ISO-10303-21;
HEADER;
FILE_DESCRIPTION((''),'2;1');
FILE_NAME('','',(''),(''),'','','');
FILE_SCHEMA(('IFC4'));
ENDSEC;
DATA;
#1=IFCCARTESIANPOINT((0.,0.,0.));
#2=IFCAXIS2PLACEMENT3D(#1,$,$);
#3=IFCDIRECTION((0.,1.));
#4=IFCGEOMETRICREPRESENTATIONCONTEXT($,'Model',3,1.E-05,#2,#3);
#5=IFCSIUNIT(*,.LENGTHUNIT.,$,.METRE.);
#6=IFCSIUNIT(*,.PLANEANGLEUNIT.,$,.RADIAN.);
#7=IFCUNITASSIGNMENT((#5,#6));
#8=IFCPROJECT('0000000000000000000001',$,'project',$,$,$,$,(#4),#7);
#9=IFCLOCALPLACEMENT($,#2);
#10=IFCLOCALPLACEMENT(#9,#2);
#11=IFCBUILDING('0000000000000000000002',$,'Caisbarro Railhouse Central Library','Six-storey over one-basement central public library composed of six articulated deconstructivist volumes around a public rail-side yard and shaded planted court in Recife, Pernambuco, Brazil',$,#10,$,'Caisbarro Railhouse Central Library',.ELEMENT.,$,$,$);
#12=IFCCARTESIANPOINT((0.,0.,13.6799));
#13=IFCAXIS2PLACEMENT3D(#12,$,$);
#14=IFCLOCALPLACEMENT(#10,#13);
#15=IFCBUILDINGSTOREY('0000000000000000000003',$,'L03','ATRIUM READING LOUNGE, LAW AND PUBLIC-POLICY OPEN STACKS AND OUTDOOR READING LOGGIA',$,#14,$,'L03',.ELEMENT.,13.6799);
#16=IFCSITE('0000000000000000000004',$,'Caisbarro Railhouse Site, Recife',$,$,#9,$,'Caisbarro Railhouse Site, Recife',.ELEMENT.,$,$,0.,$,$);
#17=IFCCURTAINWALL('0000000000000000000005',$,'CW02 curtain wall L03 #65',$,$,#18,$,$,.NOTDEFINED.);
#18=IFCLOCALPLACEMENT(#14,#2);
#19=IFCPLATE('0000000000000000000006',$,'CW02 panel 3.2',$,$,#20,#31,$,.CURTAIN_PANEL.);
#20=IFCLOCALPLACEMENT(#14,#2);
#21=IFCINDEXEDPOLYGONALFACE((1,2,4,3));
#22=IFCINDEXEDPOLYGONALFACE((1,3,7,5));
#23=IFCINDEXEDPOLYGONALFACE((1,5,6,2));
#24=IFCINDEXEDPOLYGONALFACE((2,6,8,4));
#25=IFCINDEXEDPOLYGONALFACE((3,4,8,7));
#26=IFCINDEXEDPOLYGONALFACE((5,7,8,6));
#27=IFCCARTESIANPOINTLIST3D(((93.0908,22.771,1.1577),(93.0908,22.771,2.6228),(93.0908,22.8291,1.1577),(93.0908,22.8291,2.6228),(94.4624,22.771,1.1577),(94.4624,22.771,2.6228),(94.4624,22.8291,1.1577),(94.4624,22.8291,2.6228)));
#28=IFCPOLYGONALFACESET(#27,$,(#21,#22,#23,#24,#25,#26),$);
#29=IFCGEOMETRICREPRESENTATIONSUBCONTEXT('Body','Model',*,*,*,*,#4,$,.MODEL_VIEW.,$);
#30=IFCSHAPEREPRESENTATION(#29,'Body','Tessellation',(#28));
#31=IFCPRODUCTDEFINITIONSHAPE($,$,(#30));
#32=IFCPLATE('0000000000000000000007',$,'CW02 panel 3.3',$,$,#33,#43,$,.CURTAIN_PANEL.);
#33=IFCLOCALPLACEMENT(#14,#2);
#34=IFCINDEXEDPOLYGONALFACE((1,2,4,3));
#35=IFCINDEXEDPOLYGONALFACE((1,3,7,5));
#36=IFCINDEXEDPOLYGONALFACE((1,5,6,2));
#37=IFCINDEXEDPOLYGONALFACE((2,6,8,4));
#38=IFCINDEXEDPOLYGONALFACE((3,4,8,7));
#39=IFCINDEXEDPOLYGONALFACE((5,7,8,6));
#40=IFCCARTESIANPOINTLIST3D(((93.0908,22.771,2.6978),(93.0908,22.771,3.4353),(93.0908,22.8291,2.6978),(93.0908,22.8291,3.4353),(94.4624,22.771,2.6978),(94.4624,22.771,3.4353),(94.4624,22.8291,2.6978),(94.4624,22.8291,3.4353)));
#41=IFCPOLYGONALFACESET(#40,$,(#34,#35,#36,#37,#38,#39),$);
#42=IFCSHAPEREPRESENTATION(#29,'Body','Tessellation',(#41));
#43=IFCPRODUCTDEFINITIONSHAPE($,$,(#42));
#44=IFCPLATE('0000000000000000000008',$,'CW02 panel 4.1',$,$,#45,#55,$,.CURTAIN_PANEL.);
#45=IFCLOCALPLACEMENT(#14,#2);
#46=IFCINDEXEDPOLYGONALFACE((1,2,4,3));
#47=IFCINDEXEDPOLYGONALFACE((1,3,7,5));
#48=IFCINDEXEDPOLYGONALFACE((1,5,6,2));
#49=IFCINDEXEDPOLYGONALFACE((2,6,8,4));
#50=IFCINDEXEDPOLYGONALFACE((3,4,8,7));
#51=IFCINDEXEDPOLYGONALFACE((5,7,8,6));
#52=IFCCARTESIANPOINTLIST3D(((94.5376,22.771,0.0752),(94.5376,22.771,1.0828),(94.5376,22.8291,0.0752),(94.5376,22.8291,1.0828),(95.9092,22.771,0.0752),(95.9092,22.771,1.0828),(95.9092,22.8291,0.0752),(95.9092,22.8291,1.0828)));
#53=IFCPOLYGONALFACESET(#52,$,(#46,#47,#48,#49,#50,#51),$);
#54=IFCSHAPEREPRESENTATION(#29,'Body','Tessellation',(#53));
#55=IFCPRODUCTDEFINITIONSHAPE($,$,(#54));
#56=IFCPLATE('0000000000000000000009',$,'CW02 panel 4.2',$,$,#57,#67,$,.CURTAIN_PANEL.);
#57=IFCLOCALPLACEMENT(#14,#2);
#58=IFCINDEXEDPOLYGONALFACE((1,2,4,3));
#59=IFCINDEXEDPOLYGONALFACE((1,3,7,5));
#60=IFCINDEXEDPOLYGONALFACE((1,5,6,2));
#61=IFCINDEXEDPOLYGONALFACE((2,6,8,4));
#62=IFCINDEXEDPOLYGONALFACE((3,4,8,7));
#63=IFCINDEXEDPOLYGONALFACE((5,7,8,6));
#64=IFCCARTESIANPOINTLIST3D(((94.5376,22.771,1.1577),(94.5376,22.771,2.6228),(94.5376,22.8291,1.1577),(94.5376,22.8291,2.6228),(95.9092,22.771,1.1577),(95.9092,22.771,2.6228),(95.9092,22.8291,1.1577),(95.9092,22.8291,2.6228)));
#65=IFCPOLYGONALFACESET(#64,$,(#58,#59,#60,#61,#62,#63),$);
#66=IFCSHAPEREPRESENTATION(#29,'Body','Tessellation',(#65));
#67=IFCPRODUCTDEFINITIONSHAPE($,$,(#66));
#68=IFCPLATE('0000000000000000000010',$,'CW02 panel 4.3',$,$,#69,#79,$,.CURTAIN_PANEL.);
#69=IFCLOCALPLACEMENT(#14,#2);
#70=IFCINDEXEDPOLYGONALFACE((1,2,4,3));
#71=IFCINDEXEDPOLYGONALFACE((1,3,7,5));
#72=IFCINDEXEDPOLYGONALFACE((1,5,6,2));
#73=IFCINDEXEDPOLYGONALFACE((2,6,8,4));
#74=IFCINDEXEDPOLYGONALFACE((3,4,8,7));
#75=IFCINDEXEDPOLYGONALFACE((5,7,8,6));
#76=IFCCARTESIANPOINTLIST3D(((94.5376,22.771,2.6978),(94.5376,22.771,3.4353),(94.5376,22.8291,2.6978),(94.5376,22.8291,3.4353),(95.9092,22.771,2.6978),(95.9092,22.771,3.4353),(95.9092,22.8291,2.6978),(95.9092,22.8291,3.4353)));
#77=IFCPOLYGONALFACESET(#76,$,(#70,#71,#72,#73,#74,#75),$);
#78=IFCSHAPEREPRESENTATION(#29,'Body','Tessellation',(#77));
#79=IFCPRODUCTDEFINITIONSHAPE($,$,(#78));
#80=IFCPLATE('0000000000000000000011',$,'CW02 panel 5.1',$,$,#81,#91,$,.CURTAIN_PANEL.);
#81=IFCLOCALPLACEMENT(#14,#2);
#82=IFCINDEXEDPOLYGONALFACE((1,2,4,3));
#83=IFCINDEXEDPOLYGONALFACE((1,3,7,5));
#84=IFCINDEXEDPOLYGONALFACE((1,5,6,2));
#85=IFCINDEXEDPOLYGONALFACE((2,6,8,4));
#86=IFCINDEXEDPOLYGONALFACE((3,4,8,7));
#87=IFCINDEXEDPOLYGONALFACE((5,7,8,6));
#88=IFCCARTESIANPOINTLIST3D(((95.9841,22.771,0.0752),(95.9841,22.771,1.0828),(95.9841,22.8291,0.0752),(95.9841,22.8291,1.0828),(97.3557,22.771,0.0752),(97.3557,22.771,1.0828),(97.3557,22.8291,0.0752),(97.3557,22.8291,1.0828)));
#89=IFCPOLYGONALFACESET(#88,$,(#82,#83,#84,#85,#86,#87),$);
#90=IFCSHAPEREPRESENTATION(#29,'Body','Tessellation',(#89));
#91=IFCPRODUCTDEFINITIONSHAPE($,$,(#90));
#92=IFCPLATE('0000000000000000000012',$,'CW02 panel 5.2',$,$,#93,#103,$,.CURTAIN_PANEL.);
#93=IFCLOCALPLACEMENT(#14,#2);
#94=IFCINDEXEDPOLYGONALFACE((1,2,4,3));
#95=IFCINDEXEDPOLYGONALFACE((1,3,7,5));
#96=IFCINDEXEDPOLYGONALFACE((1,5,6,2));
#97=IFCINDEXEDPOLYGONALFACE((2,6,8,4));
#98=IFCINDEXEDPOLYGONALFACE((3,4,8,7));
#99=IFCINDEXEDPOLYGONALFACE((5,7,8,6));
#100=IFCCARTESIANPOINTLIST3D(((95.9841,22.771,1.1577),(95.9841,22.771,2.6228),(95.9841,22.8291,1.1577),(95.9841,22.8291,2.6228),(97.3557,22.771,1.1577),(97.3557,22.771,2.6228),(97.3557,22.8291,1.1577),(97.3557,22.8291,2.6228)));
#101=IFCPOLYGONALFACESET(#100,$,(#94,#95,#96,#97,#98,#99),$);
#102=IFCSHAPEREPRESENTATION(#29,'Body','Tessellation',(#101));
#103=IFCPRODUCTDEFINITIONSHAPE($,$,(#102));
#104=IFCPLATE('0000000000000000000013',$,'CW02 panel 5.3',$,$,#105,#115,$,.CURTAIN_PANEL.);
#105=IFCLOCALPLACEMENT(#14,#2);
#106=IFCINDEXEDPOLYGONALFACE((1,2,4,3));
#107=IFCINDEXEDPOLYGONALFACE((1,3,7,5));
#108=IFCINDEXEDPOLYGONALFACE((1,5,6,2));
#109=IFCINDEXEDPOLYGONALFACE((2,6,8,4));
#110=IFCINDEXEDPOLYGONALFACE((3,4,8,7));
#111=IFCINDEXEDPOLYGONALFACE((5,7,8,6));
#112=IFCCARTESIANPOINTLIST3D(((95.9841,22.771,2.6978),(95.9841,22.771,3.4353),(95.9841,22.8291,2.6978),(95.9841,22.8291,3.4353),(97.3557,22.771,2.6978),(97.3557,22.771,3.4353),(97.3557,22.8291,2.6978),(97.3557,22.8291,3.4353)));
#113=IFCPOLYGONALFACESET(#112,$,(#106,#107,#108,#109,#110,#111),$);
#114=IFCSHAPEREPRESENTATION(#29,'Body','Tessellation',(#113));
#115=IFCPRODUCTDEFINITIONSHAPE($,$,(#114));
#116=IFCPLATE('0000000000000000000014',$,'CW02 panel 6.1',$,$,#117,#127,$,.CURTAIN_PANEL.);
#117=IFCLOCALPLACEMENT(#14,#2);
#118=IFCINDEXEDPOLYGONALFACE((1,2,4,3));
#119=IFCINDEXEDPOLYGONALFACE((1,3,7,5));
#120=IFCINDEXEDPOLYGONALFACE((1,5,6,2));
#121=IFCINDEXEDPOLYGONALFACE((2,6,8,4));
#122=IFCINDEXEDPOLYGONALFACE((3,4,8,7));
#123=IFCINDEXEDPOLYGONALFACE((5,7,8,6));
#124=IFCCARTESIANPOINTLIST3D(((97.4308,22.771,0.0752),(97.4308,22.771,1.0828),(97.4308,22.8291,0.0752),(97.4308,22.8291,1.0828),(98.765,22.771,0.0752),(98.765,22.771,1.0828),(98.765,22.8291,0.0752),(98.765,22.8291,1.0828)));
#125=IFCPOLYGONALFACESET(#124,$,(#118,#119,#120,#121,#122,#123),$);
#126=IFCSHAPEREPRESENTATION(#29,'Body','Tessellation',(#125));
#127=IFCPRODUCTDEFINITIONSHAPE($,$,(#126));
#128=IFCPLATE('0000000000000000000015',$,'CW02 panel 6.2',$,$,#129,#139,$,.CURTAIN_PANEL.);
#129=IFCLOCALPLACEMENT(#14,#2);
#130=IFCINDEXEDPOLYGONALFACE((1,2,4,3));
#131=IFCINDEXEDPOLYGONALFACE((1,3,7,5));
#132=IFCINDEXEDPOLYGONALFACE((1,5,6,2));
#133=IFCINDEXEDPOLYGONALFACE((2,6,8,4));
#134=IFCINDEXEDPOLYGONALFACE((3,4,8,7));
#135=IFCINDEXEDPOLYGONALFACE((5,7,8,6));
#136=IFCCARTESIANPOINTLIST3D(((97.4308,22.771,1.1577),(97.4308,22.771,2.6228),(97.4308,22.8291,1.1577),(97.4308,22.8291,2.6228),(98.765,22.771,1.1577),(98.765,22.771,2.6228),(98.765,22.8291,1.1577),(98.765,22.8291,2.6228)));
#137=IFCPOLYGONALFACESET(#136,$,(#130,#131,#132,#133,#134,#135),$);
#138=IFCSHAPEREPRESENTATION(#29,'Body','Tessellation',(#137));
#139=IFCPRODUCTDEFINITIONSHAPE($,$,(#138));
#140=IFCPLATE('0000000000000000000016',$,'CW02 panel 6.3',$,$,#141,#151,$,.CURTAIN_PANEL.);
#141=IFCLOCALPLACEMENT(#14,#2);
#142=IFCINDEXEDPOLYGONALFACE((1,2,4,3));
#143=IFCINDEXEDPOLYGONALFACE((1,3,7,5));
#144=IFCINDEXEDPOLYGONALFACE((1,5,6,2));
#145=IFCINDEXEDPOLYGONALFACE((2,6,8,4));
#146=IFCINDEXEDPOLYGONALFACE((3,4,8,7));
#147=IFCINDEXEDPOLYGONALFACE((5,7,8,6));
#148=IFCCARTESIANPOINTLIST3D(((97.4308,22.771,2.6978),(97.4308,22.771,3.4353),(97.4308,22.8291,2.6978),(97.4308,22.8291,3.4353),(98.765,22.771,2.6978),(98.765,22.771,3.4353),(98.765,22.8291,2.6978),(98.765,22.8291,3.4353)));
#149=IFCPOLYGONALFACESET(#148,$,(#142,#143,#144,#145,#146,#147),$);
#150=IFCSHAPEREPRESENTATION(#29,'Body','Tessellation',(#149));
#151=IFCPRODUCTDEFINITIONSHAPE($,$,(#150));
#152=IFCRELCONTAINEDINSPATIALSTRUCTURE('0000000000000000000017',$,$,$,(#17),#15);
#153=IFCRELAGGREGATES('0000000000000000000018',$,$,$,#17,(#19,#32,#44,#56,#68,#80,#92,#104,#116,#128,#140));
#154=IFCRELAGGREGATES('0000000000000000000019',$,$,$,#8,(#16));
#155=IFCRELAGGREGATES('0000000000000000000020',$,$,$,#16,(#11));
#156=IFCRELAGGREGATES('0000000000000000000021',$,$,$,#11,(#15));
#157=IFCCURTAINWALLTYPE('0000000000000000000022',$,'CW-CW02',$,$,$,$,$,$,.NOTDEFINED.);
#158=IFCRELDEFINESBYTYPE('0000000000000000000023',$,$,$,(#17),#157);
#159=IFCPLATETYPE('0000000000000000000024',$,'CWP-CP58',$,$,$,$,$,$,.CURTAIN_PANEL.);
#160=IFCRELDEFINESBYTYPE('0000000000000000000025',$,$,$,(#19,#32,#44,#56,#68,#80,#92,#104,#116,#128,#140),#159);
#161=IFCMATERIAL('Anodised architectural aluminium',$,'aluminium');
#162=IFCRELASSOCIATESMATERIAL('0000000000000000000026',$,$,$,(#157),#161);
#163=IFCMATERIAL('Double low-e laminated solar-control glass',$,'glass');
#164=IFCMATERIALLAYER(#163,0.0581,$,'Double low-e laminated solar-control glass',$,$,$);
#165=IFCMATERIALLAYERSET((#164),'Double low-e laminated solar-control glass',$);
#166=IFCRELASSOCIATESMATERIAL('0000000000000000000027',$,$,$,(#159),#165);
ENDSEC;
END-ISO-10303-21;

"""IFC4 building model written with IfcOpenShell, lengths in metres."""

from ifc_helpers import new_model, si_unit, direction, frame, origin, origin_2d, place, context, subcontext, project, spatial, rectangle, extrude, material, layer, layer_set, type_object, element, aggregate, save


model = new_model("IFC4")

# Units and contexts
model_context = context("Model", 3, precision=1e-05, world=origin(), true_north=direction((0.0, 1.0)))
body_context = subcontext(model_context, "Body", "Model", "MODEL_VIEW")
ifc_project = project(units=[si_unit("LENGTHUNIT", "METRE"), si_unit("PLANEANGLEUNIT", "RADIAN")], contexts=[model_context])

# Site, building, storey
site_placement = place(None, origin())
site = spatial("IfcSite", under=ifc_project, at=site_placement, Name="Caisbarro Railhouse Site, Recife", LongName="Caisbarro Railhouse Site, Recife", CompositionType="ELEMENT", RefElevation=0.0)
building_placement = place(site_placement, origin())
building = spatial("IfcBuilding", under=site, at=building_placement, Name="Caisbarro Railhouse Central Library", Description="Six-storey over one-basement central public library composed of six articulated deconstructivist volumes around a public rail-side yard and shaded planted court in Recife, Pernambuco, Brazil", LongName="Caisbarro Railhouse Central Library", CompositionType="ELEMENT")
storey_placement = place(building_placement, frame((0.0, 0.0, 13.6799)))
storey = spatial("IfcBuildingStorey", under=building, at=storey_placement, Name="L03", Description="ATRIUM READING LOUNGE, LAW AND PUBLIC-POLICY OPEN STACKS AND OUTDOOR READING LOGGIA", LongName="L03", CompositionType="ELEMENT", Elevation=13.6799)

# Curtain wall, plates
ifc_material_1 = material(Name="Anodised architectural aluminium", Category="aluminium")
curtain_wall_type = type_object("IfcCurtainWallType", Name="CW-CW02", PredefinedType="NOTDEFINED", material=ifc_material_1)
curtain_wall_placement = place(storey_placement, origin())
curtain_wall = element("IfcCurtainWall", 1, at=curtain_wall_placement, inside=storey, type_object=curtain_wall_type, Name="CW02 curtain wall L03 #65", PredefinedType="NOTDEFINED")
ifc_material_2 = material(Name="Double low-e laminated solar-control glass", Category="glass")
ifc_layer = layer(ifc_material_2, 0.0581, Name="Double low-e laminated solar-control glass")
ifc_layer_set = layer_set([ifc_layer], Name="Double low-e laminated solar-control glass")
plate_type = type_object("IfcPlateType", Name="CWP-CP58", PredefinedType="CURTAIN_PANEL", material=ifc_layer_set)
plate_1_placement = place(storey_placement, frame((93.7766, 22.8, 1.1577), z_axis=(0.0, 0.0, 1.0), x_axis=(1.0, 0.0, 0.0)))
plate_1 = element("IfcPlate", 2, at=plate_1_placement, type_object=plate_type, Name="CW02 panel 3.2", PredefinedType="CURTAIN_PANEL", context=body_context, shape_type="SweptSolid", body=[
    extrude(rectangle(XDim=1.3716, YDim=0.0581, at=origin_2d()), origin(), (0.0, 0.0, 1.0), 1.4651),
])
plate_2_placement = place(storey_placement, frame((93.7766, 22.8, 2.6978), z_axis=(0.0, 0.0, 1.0), x_axis=(1.0, 0.0, 0.0)))
plate_2 = element("IfcPlate", 3, at=plate_2_placement, type_object=plate_type, Name="CW02 panel 3.3", PredefinedType="CURTAIN_PANEL", context=body_context, shape_type="SweptSolid", body=[
    extrude(rectangle(XDim=1.3716, YDim=0.0581, at=origin_2d()), origin(), (0.0, 0.0, 1.0), 0.7375),
])
plate_3_placement = place(storey_placement, frame((95.2234, 22.8, 0.0752), z_axis=(0.0, 0.0, 1.0), x_axis=(1.0, 0.0, 0.0)))
plate_3 = element("IfcPlate", 4, at=plate_3_placement, type_object=plate_type, Name="CW02 panel 4.1", PredefinedType="CURTAIN_PANEL", context=body_context, shape_type="SweptSolid", body=[
    extrude(rectangle(XDim=1.3716, YDim=0.0581, at=origin_2d()), origin(), (0.0, 0.0, 1.0), 1.0076),
])
plate_4_placement = place(storey_placement, frame((95.2234, 22.8, 1.1577), z_axis=(0.0, 0.0, 1.0), x_axis=(1.0, 0.0, 0.0)))
plate_4 = element("IfcPlate", 5, at=plate_4_placement, type_object=plate_type, Name="CW02 panel 4.2", PredefinedType="CURTAIN_PANEL", context=body_context, shape_type="SweptSolid", body=[
    extrude(rectangle(XDim=1.3716, YDim=0.0581, at=origin_2d()), origin(), (0.0, 0.0, 1.0), 1.4651),
])
plate_5_placement = place(storey_placement, frame((95.2234, 22.8, 2.6978), z_axis=(0.0, 0.0, 1.0), x_axis=(1.0, 0.0, 0.0)))
plate_5 = element("IfcPlate", 6, at=plate_5_placement, type_object=plate_type, Name="CW02 panel 4.3", PredefinedType="CURTAIN_PANEL", context=body_context, shape_type="SweptSolid", body=[
    extrude(rectangle(XDim=1.3716, YDim=0.0581, at=origin_2d()), origin(), (0.0, 0.0, 1.0), 0.7375),
])
plate_6_placement = place(storey_placement, frame((96.6699, 22.8, 0.0752), z_axis=(0.0, 0.0, 1.0), x_axis=(1.0, 0.0, 0.0)))
plate_6 = element("IfcPlate", 7, at=plate_6_placement, type_object=plate_type, Name="CW02 panel 5.1", PredefinedType="CURTAIN_PANEL", context=body_context, shape_type="SweptSolid", body=[
    extrude(rectangle(XDim=1.3716, YDim=0.0581, at=origin_2d()), origin(), (0.0, 0.0, 1.0), 1.0076),
])
plate_7_placement = place(storey_placement, frame((96.6699, 22.8, 1.1577), z_axis=(0.0, 0.0, 1.0), x_axis=(1.0, 0.0, 0.0)))
plate_7 = element("IfcPlate", 8, at=plate_7_placement, type_object=plate_type, Name="CW02 panel 5.2", PredefinedType="CURTAIN_PANEL", context=body_context, shape_type="SweptSolid", body=[
    extrude(rectangle(XDim=1.3716, YDim=0.0581, at=origin_2d()), origin(), (0.0, 0.0, 1.0), 1.4651),
])
plate_8_placement = place(storey_placement, frame((96.6699, 22.8, 2.6978), z_axis=(0.0, 0.0, 1.0), x_axis=(1.0, 0.0, 0.0)))
plate_8 = element("IfcPlate", 9, at=plate_8_placement, type_object=plate_type, Name="CW02 panel 5.3", PredefinedType="CURTAIN_PANEL", context=body_context, shape_type="SweptSolid", body=[
    extrude(rectangle(XDim=1.3716, YDim=0.0581, at=origin_2d()), origin(), (0.0, 0.0, 1.0), 0.7375),
])
plate_9_placement = place(storey_placement, frame((98.0979, 22.8, 0.0752), z_axis=(0.0, 0.0, 1.0), x_axis=(1.0, 0.0, 0.0)))
plate_9 = element("IfcPlate", 10, at=plate_9_placement, type_object=plate_type, Name="CW02 panel 6.1", PredefinedType="CURTAIN_PANEL", context=body_context, shape_type="SweptSolid", body=[
    extrude(rectangle(XDim=1.3342, YDim=0.0581, at=origin_2d()), origin(), (0.0, 0.0, 1.0), 1.0076),
])
plate_10_placement = place(storey_placement, frame((98.0979, 22.8, 1.1577), z_axis=(0.0, 0.0, 1.0), x_axis=(1.0, 0.0, 0.0)))
plate_10 = element("IfcPlate", 11, at=plate_10_placement, type_object=plate_type, Name="CW02 panel 6.2", PredefinedType="CURTAIN_PANEL", context=body_context, shape_type="SweptSolid", body=[
    extrude(rectangle(XDim=1.3342, YDim=0.0581, at=origin_2d()), origin(), (0.0, 0.0, 1.0), 1.4651),
])
plate_11_placement = place(storey_placement, frame((98.0979, 22.8, 2.6978), z_axis=(0.0, 0.0, 1.0), x_axis=(1.0, 0.0, 0.0)))
plate_11 = element("IfcPlate", 12, at=plate_11_placement, type_object=plate_type, Name="CW02 panel 6.3", PredefinedType="CURTAIN_PANEL", context=body_context, shape_type="SweptSolid", body=[
    extrude(rectangle(XDim=1.3342, YDim=0.0581, at=origin_2d()), origin(), (0.0, 0.0, 1.0), 0.7375),
])
aggregate(curtain_wall, [plate_1, plate_2, plate_3, plate_4, plate_5, plate_6, plate_7, plate_8, plate_9, plate_10, plate_11])

save(model, "model.ifc")
